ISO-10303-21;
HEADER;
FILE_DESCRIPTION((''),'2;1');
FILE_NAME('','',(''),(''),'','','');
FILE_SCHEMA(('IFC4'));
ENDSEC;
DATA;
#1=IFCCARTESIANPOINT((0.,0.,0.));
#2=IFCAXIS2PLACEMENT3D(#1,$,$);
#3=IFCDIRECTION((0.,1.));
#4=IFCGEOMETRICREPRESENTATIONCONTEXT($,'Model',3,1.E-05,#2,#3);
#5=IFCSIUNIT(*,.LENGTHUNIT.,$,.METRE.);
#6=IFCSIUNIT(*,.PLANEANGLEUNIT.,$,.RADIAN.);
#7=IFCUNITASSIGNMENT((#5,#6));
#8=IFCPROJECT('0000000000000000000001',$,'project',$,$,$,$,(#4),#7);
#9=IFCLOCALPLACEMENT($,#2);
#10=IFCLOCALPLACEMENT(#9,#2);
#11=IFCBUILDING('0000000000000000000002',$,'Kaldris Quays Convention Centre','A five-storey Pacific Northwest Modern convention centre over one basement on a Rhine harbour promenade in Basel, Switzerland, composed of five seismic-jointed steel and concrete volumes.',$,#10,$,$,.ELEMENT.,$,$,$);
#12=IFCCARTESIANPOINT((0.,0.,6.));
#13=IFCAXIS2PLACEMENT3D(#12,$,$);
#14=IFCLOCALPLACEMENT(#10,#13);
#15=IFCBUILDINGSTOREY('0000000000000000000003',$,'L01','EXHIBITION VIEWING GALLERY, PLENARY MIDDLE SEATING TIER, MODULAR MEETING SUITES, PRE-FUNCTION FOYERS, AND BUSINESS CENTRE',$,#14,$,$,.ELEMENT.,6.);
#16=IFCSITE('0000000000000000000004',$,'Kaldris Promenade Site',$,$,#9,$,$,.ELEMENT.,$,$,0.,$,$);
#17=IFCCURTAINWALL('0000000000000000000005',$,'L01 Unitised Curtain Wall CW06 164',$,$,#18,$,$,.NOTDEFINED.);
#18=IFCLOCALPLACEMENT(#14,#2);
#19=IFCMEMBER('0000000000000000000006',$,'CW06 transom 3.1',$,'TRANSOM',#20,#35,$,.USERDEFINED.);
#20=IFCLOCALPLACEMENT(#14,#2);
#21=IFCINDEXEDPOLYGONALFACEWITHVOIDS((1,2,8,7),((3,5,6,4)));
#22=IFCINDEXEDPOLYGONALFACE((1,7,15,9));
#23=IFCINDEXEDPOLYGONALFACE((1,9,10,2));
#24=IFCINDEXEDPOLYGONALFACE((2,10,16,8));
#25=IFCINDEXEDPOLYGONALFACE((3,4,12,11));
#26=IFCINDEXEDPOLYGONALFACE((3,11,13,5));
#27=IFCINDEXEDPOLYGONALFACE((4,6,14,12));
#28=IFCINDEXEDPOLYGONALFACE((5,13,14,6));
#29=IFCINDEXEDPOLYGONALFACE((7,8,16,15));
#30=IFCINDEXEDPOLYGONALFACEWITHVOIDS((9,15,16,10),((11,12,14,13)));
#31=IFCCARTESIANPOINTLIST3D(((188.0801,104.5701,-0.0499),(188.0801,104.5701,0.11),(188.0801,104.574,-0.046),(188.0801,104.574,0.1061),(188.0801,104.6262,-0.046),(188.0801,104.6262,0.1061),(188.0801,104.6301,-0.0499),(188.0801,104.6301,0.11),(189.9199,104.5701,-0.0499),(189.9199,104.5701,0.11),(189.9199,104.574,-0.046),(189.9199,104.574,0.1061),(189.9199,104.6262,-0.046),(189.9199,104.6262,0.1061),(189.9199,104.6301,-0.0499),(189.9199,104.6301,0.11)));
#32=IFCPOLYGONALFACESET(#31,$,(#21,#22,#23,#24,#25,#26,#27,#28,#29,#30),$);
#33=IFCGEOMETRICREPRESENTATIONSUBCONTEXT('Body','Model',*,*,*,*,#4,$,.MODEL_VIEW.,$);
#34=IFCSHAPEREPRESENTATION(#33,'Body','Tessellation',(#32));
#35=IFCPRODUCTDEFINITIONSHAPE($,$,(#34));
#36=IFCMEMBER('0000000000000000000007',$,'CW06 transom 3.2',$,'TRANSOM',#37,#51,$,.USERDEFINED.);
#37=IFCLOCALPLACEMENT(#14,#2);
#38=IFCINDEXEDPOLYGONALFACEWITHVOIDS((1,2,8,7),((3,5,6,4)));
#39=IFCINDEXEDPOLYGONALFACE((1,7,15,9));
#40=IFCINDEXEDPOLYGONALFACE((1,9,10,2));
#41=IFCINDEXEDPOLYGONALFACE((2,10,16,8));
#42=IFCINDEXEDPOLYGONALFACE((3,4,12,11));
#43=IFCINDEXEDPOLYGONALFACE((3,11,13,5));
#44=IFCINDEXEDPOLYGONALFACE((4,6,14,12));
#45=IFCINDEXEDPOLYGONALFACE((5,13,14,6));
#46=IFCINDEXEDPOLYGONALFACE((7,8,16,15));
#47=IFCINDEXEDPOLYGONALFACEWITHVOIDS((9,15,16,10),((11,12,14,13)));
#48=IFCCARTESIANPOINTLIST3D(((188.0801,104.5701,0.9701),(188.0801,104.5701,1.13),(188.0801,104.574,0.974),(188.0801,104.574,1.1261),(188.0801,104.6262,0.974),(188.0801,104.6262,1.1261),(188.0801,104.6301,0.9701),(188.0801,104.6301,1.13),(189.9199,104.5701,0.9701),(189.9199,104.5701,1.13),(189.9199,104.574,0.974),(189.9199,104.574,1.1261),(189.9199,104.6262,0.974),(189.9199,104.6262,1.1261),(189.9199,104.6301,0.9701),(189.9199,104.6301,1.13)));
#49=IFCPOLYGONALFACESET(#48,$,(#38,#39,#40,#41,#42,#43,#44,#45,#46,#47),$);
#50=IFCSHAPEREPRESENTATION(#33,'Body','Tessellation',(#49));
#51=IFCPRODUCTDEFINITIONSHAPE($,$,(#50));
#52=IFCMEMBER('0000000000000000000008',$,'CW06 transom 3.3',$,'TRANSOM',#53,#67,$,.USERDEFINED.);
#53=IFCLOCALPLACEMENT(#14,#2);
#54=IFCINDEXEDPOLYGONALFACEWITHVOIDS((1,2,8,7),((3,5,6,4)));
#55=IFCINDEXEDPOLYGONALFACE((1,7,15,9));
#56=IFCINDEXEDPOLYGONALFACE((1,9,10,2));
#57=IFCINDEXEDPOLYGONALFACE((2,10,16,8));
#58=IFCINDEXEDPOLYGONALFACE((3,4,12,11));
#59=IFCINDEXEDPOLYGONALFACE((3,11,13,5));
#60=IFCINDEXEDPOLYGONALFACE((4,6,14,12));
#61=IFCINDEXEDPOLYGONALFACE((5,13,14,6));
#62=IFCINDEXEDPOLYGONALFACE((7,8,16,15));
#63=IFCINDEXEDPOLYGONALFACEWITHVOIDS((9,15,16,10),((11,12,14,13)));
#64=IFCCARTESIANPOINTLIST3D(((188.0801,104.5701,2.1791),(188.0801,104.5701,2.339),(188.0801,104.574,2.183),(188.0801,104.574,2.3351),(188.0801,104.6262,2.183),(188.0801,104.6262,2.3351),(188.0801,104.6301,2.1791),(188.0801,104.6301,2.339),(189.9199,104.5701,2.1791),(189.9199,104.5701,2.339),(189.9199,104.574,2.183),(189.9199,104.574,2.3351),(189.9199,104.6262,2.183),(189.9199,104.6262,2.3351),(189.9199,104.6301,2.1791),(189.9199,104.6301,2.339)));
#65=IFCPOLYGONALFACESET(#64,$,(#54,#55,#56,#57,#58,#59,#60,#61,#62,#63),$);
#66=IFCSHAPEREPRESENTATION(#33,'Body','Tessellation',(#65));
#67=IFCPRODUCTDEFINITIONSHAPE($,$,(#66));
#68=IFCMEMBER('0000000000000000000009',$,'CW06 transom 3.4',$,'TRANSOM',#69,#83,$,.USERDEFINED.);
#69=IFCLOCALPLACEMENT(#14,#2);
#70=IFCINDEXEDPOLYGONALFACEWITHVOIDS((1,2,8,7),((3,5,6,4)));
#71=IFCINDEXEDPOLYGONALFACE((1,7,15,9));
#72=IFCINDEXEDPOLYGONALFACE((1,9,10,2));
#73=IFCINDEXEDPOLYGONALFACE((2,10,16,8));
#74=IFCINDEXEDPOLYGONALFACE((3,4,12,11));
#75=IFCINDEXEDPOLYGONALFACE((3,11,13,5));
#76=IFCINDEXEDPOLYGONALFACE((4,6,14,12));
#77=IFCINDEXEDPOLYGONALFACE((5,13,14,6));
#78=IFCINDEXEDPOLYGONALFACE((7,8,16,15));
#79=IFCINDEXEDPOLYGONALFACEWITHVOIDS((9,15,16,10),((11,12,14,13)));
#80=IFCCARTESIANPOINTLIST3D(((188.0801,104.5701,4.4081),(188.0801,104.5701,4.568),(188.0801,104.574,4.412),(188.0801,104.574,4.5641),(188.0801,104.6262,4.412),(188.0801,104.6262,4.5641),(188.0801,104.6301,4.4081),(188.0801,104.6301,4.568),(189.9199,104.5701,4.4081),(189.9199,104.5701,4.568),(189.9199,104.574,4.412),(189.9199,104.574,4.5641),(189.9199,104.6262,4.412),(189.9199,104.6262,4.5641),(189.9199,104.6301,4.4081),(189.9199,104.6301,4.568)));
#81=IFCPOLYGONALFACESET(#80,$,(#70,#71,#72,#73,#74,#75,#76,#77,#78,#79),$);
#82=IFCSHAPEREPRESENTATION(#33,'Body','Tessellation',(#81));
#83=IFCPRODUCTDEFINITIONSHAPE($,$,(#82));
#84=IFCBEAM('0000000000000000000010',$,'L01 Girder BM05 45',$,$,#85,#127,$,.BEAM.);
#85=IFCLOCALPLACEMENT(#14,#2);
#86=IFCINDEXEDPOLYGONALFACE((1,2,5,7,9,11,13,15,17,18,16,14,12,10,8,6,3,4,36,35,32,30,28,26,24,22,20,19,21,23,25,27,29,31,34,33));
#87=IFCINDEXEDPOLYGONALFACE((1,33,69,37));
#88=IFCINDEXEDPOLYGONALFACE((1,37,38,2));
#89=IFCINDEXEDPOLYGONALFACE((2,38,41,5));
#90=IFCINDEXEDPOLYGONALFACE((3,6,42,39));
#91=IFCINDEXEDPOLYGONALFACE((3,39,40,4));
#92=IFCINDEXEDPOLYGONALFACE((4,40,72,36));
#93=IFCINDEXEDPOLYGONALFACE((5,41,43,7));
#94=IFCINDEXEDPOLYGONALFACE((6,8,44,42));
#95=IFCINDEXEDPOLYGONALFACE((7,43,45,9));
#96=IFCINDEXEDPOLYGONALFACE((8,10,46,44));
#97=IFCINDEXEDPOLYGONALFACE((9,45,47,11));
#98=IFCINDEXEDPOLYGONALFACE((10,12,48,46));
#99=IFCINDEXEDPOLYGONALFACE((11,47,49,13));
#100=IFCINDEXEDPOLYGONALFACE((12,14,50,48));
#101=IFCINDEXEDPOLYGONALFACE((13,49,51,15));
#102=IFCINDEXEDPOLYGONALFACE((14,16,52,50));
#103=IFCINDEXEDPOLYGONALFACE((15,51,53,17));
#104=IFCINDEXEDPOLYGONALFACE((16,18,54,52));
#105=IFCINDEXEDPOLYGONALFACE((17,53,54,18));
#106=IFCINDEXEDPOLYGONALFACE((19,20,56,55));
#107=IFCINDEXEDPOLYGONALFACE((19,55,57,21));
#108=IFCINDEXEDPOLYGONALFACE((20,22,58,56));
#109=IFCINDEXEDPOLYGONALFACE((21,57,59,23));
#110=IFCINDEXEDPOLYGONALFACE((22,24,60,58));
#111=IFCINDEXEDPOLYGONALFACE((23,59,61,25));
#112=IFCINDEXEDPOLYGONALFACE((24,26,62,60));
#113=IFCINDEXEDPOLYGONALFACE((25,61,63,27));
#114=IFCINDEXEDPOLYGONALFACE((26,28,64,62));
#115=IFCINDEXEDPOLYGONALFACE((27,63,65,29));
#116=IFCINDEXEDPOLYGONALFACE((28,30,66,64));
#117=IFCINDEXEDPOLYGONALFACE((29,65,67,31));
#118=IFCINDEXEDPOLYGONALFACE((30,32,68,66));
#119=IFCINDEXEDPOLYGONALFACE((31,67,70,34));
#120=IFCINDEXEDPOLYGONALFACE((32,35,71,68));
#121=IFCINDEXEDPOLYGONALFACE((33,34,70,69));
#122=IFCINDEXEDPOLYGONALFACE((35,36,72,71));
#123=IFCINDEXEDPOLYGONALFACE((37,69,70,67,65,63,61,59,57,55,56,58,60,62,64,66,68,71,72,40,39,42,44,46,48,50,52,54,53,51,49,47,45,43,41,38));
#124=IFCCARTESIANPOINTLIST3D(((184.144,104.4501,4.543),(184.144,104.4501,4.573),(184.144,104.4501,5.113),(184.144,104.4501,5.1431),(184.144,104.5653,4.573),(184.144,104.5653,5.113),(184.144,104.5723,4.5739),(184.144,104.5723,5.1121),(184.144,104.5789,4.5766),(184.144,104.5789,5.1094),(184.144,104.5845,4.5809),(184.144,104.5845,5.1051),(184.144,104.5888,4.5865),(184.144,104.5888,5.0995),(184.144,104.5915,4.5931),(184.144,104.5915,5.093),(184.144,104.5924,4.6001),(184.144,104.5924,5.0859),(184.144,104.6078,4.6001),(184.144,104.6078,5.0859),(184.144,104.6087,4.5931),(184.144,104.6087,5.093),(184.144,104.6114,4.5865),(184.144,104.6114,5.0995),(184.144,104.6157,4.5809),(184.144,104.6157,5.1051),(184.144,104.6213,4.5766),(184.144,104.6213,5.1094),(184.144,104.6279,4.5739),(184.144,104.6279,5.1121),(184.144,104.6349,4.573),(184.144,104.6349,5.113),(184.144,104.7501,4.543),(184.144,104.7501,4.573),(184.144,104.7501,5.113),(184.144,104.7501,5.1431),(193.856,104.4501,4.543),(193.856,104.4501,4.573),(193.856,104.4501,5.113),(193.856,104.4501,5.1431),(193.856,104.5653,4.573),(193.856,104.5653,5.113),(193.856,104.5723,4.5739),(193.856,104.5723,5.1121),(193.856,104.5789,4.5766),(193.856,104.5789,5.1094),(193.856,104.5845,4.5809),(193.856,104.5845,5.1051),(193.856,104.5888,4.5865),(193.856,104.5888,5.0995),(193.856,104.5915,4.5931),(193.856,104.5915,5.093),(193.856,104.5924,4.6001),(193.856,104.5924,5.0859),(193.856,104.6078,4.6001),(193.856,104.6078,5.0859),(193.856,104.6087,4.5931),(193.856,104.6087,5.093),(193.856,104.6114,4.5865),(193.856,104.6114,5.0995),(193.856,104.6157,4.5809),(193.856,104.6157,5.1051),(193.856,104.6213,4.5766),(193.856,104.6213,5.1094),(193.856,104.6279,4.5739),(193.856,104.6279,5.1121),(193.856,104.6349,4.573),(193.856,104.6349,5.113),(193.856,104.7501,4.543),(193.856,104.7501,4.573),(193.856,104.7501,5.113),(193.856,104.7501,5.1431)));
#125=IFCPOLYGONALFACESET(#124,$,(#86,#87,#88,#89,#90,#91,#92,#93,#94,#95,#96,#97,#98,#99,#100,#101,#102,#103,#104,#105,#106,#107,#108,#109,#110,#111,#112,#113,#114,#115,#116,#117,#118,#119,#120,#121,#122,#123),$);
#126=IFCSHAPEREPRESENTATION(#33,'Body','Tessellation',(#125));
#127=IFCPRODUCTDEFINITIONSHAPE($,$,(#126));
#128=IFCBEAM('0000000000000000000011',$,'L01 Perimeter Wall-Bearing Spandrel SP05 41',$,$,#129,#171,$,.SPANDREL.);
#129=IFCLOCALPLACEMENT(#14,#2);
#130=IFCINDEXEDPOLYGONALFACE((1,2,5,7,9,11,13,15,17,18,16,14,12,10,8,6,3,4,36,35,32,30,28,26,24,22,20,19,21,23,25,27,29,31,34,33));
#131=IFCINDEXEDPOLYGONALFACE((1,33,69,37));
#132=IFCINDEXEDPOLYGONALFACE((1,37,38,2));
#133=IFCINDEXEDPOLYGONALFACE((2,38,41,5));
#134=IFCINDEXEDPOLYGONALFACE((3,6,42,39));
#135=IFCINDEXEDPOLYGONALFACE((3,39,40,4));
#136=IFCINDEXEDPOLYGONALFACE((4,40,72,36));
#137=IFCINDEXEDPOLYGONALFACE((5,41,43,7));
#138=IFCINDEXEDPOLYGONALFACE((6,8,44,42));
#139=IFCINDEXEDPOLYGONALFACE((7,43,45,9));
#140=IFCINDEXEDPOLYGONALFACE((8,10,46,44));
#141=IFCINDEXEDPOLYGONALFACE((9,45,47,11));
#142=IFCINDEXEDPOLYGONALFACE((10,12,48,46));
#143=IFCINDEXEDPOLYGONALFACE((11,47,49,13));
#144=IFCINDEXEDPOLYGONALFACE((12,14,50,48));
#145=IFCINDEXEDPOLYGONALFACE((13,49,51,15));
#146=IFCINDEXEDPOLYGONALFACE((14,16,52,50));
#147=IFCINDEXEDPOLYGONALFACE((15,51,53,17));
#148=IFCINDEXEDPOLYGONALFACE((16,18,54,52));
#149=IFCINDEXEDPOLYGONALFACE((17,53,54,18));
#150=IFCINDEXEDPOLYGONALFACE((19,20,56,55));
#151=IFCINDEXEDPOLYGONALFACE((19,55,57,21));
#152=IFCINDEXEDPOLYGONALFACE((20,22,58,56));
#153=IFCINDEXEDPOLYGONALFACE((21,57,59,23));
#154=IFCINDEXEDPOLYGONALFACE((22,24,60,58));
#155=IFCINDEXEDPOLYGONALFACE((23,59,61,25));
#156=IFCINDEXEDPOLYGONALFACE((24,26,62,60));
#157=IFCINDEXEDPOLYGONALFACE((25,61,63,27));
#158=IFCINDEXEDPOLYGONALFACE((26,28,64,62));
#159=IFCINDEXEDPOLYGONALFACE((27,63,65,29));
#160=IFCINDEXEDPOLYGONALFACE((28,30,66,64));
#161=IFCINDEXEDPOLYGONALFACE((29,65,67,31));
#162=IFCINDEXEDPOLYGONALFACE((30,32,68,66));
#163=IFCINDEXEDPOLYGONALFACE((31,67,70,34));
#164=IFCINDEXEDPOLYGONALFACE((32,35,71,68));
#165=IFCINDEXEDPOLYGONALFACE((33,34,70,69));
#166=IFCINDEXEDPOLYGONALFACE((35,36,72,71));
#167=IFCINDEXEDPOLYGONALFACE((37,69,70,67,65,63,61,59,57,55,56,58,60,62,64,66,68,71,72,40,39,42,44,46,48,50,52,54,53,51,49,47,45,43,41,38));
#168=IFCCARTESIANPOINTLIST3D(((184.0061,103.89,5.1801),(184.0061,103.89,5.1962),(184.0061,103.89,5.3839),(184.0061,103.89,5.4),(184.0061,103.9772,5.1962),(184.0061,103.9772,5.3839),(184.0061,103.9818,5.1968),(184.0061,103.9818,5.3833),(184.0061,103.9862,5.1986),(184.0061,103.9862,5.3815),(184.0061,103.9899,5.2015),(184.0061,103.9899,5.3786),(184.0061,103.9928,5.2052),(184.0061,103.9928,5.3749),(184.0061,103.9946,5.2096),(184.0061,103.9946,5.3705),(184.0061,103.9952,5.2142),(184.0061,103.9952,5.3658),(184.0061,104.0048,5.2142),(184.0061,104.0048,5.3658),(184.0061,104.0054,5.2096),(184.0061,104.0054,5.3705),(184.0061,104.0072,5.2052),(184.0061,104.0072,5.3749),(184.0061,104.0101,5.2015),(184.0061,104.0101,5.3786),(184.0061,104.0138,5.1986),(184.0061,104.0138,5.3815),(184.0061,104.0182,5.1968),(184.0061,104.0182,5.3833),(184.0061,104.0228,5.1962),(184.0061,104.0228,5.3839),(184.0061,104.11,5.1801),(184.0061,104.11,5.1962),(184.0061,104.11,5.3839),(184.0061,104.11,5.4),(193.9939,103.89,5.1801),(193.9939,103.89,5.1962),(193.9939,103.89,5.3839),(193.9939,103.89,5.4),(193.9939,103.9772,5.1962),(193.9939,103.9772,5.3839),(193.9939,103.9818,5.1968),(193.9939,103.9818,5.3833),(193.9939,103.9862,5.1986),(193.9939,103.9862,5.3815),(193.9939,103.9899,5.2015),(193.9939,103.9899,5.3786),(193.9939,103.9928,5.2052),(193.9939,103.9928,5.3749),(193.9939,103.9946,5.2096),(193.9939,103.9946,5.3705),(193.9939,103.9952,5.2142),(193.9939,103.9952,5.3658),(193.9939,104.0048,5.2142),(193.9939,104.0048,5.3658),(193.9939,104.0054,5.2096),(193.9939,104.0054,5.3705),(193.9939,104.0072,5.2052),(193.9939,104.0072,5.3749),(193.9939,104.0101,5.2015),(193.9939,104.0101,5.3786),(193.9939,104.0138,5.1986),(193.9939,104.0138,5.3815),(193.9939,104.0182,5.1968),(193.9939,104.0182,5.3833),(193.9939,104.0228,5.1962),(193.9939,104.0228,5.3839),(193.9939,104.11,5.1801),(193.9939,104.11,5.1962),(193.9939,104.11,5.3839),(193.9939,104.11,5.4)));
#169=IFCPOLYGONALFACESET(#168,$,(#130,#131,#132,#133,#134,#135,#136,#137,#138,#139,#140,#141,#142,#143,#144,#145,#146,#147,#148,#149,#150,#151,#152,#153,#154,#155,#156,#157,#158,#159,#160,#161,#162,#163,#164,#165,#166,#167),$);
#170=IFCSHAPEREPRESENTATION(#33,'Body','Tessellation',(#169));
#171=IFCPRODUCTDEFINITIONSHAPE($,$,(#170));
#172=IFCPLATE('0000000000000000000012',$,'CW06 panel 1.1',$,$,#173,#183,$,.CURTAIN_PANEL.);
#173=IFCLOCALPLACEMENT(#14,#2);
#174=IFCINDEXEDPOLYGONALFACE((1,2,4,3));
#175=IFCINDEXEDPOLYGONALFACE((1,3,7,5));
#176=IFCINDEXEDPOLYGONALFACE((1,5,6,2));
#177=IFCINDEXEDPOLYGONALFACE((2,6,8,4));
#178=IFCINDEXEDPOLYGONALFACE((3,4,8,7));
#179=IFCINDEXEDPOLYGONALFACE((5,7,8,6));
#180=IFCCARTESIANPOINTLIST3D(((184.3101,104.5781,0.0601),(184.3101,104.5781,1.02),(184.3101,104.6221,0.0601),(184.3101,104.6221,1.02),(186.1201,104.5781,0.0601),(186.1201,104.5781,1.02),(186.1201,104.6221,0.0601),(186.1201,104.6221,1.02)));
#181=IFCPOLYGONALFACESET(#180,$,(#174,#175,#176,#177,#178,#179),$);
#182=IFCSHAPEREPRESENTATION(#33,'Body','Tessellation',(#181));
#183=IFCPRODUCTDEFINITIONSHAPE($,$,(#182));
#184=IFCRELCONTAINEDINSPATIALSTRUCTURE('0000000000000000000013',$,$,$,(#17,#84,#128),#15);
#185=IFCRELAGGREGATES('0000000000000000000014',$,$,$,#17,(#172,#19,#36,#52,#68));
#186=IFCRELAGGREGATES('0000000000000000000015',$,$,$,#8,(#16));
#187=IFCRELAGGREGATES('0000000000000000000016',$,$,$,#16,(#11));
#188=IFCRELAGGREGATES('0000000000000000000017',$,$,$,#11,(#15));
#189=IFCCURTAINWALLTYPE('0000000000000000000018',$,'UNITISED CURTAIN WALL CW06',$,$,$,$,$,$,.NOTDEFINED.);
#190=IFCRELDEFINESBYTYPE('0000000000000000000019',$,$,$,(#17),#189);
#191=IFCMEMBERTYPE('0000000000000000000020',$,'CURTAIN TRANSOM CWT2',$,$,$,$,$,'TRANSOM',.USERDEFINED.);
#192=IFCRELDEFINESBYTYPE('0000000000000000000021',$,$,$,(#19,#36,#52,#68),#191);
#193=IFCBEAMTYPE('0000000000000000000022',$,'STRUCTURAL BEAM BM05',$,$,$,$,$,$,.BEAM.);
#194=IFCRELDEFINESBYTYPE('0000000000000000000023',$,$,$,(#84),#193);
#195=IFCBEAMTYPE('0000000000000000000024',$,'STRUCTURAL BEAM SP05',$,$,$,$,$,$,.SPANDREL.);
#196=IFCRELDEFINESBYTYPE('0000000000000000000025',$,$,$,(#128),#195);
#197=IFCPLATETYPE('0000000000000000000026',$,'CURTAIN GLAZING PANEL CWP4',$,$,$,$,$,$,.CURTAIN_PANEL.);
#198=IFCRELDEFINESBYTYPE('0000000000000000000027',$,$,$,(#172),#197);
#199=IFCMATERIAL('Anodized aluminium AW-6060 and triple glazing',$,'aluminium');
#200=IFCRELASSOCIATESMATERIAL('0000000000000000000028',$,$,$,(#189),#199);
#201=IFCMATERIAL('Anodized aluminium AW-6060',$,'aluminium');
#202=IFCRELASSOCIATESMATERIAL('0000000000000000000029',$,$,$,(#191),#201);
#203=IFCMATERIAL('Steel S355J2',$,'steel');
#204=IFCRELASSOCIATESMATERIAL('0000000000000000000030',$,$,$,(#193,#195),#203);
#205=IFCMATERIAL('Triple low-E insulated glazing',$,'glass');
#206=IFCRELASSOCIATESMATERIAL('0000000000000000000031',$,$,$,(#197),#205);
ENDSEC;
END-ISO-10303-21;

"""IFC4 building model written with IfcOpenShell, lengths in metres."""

from ifc_helpers import new_model, si_unit, direction, frame, origin, origin_2d, place, context, subcontext, project, spatial, rectangle, hollow_rectangle, i_section, extrude, material, material_profile, profile_set, type_object, element, aggregate, save


model = new_model("IFC4")

# Units and contexts
model_context = context("Model", 3, precision=1e-05, world=origin(), true_north=direction((0.0, 1.0)))
body_context = subcontext(model_context, "Body", "Model", "MODEL_VIEW")
ifc_project = project(units=[si_unit("LENGTHUNIT", "METRE"), si_unit("PLANEANGLEUNIT", "RADIAN")], contexts=[model_context])

# Site, building, storey
site_placement = place(None, origin())
site = spatial("IfcSite", under=ifc_project, at=site_placement, Name="Kaldris Promenade Site", CompositionType="ELEMENT", RefElevation=0.0)
building_placement = place(site_placement, origin())
building = spatial("IfcBuilding", under=site, at=building_placement, Name="Kaldris Quays Convention Centre", Description="A five-storey Pacific Northwest Modern convention centre over one basement on a Rhine harbour promenade in Basel, Switzerland, composed of five seismic-jointed steel and concrete volumes.", CompositionType="ELEMENT")
storey_placement = place(building_placement, frame((0.0, 0.0, 6.0)))
storey = spatial("IfcBuildingStorey", under=building, at=storey_placement, Name="L01", Description="EXHIBITION VIEWING GALLERY, PLENARY MIDDLE SEATING TIER, MODULAR MEETING SUITES, PRE-FUNCTION FOYERS, AND BUSINESS CENTRE", CompositionType="ELEMENT", Elevation=6.0)

# Curtain wall, members
ifc_material_1 = material(Name="Anodized aluminium AW-6060 and triple glazing", Category="aluminium")
curtain_wall_type = type_object("IfcCurtainWallType", Name="UNITISED CURTAIN WALL CW06", PredefinedType="NOTDEFINED", material=ifc_material_1)
curtain_wall_placement = place(storey_placement, origin())
curtain_wall = element("IfcCurtainWall", 1, at=curtain_wall_placement, inside=storey, type_object=curtain_wall_type, Name="L01 Unitised Curtain Wall CW06 164", PredefinedType="NOTDEFINED")
ifc_material_2 = material(Name="Anodized aluminium AW-6060", Category="aluminium")
ifc_material_profile_1 = material_profile(ifc_material_2, hollow_rectangle(XDim=0.0601, YDim=0.1599, WallThickness=0.0039, at=origin_2d()), Name="RHS 160x60x4")
ifc_profile_set_1 = profile_set([ifc_material_profile_1], Name="Anodized aluminium AW-6060")
member_type_1 = type_object("IfcMemberType", Name="CURTAIN TRANSOM CWT2", ElementType="TRANSOM", PredefinedType="USERDEFINED", material=ifc_profile_set_1)
member_1_placement = place(storey_placement, frame((188.0801, 104.6001, 0.03), z_axis=(1.0, 0.0, 0.0), x_axis=(0.0, 1.0, 0.0)))
member_1 = element("IfcMember", 2, at=member_1_placement, type_object=member_type_1, Name="CW06 transom 3.1", ObjectType="TRANSOM", PredefinedType="USERDEFINED", context=body_context, shape_type="SweptSolid", body=[
    extrude(hollow_rectangle(XDim=0.0601, YDim=0.1599, WallThickness=0.0039, at=origin_2d()), origin(), (0.0, 0.0, 1.0), 1.8398),
])
member_2_placement = place(storey_placement, frame((188.0801, 104.6001, 1.05), z_axis=(1.0, 0.0, 0.0), x_axis=(0.0, 1.0, 0.0)))
member_2 = element("IfcMember", 3, at=member_2_placement, type_object=member_type_1, Name="CW06 transom 3.2", ObjectType="TRANSOM", PredefinedType="USERDEFINED", context=body_context, shape_type="SweptSolid", body=[
    extrude(hollow_rectangle(XDim=0.0601, YDim=0.1599, WallThickness=0.0039, at=origin_2d()), origin(), (0.0, 0.0, 1.0), 1.8398),
])
member_3_placement = place(storey_placement, frame((188.0801, 104.6001, 2.259), z_axis=(1.0, 0.0, 0.0), x_axis=(0.0, 1.0, 0.0)))
member_3 = element("IfcMember", 4, at=member_3_placement, type_object=member_type_1, Name="CW06 transom 3.3", ObjectType="TRANSOM", PredefinedType="USERDEFINED", context=body_context, shape_type="SweptSolid", body=[
    extrude(hollow_rectangle(XDim=0.0601, YDim=0.1599, WallThickness=0.0039, at=origin_2d()), origin(), (0.0, 0.0, 1.0), 1.8398),
])
member_4_placement = place(storey_placement, frame((188.0801, 104.6001, 4.488), z_axis=(1.0, 0.0, 0.0), x_axis=(0.0, 1.0, 0.0)))
member_4 = element("IfcMember", 5, at=member_4_placement, type_object=member_type_1, Name="CW06 transom 3.4", ObjectType="TRANSOM", PredefinedType="USERDEFINED", context=body_context, shape_type="SweptSolid", body=[
    extrude(hollow_rectangle(XDim=0.0601, YDim=0.1599, WallThickness=0.0039, at=origin_2d()), origin(), (0.0, 0.0, 1.0), 1.8398),
])

# Beams
ifc_material_3 = material(Name="Steel S355J2", Category="steel")
ifc_material_profile_2 = material_profile(ifc_material_3, i_section(OverallWidth=0.3, OverallDepth=0.6001, WebThickness=0.0154, FlangeThickness=0.03, FilletRadius=0.0271, at=origin_2d()), Name="HEB 600")
ifc_profile_set_2 = profile_set([ifc_material_profile_2], Name="Steel S355J2")
beam_type_1 = type_object("IfcBeamType", Name="STRUCTURAL BEAM BM05", PredefinedType="BEAM", material=ifc_profile_set_2)
beam_1_placement = place(storey_placement, frame((184.144, 104.6001, 4.843), z_axis=(1.0, 0.0, 0.0), x_axis=(0.0, 1.0, 0.0)))
element("IfcBeam", 6, at=beam_1_placement, inside=storey, type_object=beam_type_1, Name="L01 Girder BM05 45", PredefinedType="BEAM", context=body_context, shape_type="SweptSolid", body=[
    extrude(i_section(OverallWidth=0.3, OverallDepth=0.6001, WebThickness=0.0154, FlangeThickness=0.03, FilletRadius=0.0271, at=origin_2d()), origin(), (0.0, 0.0, 1.0), 9.7119),
])
ifc_material_profile_3 = material_profile(ifc_material_3, i_section(OverallWidth=0.22, OverallDepth=0.22, WebThickness=0.0095, FlangeThickness=0.0161, FilletRadius=0.0181, at=origin_2d()), Name="HEB 220")
ifc_profile_set_3 = profile_set([ifc_material_profile_3], Name="Steel S355J2")
beam_type_2 = type_object("IfcBeamType", Name="STRUCTURAL BEAM SP05", PredefinedType="SPANDREL", material=ifc_profile_set_3)
beam_2_placement = place(storey_placement, frame((184.0061, 104.0, 5.29), z_axis=(1.0, 0.0, 0.0), x_axis=(0.0, 1.0, 0.0)))
element("IfcBeam", 7, at=beam_2_placement, inside=storey, type_object=beam_type_2, Name="L01 Perimeter Wall-Bearing Spandrel SP05 41", PredefinedType="SPANDREL", context=body_context, shape_type="SweptSolid", body=[
    extrude(i_section(OverallWidth=0.22, OverallDepth=0.22, WebThickness=0.0095, FlangeThickness=0.0161, FilletRadius=0.0181, at=origin_2d()), origin(), (0.0, 0.0, 1.0), 9.9878),
])

# Plate
ifc_material_4 = material(Name="Triple low-E insulated glazing", Category="glass")
plate_type = type_object("IfcPlateType", Name="CURTAIN GLAZING PANEL CWP4", PredefinedType="CURTAIN_PANEL", material=ifc_material_4)
plate_1_placement = place(storey_placement, frame((185.2151, 104.6001, 0.0601), z_axis=(0.0, 0.0, 1.0), x_axis=(1.0, 0.0, 0.0)))
plate_1 = element("IfcPlate", 8, at=plate_1_placement, type_object=plate_type, Name="CW06 panel 1.1", PredefinedType="CURTAIN_PANEL", context=body_context, shape_type="SweptSolid", body=[
    extrude(rectangle(XDim=1.8101, YDim=0.0439, at=origin_2d()), origin(), (0.0, 0.0, 1.0), 0.96),
])
aggregate(curtain_wall, [plate_1, member_1, member_2, member_3, member_4])

save(model, "model.ifc")
